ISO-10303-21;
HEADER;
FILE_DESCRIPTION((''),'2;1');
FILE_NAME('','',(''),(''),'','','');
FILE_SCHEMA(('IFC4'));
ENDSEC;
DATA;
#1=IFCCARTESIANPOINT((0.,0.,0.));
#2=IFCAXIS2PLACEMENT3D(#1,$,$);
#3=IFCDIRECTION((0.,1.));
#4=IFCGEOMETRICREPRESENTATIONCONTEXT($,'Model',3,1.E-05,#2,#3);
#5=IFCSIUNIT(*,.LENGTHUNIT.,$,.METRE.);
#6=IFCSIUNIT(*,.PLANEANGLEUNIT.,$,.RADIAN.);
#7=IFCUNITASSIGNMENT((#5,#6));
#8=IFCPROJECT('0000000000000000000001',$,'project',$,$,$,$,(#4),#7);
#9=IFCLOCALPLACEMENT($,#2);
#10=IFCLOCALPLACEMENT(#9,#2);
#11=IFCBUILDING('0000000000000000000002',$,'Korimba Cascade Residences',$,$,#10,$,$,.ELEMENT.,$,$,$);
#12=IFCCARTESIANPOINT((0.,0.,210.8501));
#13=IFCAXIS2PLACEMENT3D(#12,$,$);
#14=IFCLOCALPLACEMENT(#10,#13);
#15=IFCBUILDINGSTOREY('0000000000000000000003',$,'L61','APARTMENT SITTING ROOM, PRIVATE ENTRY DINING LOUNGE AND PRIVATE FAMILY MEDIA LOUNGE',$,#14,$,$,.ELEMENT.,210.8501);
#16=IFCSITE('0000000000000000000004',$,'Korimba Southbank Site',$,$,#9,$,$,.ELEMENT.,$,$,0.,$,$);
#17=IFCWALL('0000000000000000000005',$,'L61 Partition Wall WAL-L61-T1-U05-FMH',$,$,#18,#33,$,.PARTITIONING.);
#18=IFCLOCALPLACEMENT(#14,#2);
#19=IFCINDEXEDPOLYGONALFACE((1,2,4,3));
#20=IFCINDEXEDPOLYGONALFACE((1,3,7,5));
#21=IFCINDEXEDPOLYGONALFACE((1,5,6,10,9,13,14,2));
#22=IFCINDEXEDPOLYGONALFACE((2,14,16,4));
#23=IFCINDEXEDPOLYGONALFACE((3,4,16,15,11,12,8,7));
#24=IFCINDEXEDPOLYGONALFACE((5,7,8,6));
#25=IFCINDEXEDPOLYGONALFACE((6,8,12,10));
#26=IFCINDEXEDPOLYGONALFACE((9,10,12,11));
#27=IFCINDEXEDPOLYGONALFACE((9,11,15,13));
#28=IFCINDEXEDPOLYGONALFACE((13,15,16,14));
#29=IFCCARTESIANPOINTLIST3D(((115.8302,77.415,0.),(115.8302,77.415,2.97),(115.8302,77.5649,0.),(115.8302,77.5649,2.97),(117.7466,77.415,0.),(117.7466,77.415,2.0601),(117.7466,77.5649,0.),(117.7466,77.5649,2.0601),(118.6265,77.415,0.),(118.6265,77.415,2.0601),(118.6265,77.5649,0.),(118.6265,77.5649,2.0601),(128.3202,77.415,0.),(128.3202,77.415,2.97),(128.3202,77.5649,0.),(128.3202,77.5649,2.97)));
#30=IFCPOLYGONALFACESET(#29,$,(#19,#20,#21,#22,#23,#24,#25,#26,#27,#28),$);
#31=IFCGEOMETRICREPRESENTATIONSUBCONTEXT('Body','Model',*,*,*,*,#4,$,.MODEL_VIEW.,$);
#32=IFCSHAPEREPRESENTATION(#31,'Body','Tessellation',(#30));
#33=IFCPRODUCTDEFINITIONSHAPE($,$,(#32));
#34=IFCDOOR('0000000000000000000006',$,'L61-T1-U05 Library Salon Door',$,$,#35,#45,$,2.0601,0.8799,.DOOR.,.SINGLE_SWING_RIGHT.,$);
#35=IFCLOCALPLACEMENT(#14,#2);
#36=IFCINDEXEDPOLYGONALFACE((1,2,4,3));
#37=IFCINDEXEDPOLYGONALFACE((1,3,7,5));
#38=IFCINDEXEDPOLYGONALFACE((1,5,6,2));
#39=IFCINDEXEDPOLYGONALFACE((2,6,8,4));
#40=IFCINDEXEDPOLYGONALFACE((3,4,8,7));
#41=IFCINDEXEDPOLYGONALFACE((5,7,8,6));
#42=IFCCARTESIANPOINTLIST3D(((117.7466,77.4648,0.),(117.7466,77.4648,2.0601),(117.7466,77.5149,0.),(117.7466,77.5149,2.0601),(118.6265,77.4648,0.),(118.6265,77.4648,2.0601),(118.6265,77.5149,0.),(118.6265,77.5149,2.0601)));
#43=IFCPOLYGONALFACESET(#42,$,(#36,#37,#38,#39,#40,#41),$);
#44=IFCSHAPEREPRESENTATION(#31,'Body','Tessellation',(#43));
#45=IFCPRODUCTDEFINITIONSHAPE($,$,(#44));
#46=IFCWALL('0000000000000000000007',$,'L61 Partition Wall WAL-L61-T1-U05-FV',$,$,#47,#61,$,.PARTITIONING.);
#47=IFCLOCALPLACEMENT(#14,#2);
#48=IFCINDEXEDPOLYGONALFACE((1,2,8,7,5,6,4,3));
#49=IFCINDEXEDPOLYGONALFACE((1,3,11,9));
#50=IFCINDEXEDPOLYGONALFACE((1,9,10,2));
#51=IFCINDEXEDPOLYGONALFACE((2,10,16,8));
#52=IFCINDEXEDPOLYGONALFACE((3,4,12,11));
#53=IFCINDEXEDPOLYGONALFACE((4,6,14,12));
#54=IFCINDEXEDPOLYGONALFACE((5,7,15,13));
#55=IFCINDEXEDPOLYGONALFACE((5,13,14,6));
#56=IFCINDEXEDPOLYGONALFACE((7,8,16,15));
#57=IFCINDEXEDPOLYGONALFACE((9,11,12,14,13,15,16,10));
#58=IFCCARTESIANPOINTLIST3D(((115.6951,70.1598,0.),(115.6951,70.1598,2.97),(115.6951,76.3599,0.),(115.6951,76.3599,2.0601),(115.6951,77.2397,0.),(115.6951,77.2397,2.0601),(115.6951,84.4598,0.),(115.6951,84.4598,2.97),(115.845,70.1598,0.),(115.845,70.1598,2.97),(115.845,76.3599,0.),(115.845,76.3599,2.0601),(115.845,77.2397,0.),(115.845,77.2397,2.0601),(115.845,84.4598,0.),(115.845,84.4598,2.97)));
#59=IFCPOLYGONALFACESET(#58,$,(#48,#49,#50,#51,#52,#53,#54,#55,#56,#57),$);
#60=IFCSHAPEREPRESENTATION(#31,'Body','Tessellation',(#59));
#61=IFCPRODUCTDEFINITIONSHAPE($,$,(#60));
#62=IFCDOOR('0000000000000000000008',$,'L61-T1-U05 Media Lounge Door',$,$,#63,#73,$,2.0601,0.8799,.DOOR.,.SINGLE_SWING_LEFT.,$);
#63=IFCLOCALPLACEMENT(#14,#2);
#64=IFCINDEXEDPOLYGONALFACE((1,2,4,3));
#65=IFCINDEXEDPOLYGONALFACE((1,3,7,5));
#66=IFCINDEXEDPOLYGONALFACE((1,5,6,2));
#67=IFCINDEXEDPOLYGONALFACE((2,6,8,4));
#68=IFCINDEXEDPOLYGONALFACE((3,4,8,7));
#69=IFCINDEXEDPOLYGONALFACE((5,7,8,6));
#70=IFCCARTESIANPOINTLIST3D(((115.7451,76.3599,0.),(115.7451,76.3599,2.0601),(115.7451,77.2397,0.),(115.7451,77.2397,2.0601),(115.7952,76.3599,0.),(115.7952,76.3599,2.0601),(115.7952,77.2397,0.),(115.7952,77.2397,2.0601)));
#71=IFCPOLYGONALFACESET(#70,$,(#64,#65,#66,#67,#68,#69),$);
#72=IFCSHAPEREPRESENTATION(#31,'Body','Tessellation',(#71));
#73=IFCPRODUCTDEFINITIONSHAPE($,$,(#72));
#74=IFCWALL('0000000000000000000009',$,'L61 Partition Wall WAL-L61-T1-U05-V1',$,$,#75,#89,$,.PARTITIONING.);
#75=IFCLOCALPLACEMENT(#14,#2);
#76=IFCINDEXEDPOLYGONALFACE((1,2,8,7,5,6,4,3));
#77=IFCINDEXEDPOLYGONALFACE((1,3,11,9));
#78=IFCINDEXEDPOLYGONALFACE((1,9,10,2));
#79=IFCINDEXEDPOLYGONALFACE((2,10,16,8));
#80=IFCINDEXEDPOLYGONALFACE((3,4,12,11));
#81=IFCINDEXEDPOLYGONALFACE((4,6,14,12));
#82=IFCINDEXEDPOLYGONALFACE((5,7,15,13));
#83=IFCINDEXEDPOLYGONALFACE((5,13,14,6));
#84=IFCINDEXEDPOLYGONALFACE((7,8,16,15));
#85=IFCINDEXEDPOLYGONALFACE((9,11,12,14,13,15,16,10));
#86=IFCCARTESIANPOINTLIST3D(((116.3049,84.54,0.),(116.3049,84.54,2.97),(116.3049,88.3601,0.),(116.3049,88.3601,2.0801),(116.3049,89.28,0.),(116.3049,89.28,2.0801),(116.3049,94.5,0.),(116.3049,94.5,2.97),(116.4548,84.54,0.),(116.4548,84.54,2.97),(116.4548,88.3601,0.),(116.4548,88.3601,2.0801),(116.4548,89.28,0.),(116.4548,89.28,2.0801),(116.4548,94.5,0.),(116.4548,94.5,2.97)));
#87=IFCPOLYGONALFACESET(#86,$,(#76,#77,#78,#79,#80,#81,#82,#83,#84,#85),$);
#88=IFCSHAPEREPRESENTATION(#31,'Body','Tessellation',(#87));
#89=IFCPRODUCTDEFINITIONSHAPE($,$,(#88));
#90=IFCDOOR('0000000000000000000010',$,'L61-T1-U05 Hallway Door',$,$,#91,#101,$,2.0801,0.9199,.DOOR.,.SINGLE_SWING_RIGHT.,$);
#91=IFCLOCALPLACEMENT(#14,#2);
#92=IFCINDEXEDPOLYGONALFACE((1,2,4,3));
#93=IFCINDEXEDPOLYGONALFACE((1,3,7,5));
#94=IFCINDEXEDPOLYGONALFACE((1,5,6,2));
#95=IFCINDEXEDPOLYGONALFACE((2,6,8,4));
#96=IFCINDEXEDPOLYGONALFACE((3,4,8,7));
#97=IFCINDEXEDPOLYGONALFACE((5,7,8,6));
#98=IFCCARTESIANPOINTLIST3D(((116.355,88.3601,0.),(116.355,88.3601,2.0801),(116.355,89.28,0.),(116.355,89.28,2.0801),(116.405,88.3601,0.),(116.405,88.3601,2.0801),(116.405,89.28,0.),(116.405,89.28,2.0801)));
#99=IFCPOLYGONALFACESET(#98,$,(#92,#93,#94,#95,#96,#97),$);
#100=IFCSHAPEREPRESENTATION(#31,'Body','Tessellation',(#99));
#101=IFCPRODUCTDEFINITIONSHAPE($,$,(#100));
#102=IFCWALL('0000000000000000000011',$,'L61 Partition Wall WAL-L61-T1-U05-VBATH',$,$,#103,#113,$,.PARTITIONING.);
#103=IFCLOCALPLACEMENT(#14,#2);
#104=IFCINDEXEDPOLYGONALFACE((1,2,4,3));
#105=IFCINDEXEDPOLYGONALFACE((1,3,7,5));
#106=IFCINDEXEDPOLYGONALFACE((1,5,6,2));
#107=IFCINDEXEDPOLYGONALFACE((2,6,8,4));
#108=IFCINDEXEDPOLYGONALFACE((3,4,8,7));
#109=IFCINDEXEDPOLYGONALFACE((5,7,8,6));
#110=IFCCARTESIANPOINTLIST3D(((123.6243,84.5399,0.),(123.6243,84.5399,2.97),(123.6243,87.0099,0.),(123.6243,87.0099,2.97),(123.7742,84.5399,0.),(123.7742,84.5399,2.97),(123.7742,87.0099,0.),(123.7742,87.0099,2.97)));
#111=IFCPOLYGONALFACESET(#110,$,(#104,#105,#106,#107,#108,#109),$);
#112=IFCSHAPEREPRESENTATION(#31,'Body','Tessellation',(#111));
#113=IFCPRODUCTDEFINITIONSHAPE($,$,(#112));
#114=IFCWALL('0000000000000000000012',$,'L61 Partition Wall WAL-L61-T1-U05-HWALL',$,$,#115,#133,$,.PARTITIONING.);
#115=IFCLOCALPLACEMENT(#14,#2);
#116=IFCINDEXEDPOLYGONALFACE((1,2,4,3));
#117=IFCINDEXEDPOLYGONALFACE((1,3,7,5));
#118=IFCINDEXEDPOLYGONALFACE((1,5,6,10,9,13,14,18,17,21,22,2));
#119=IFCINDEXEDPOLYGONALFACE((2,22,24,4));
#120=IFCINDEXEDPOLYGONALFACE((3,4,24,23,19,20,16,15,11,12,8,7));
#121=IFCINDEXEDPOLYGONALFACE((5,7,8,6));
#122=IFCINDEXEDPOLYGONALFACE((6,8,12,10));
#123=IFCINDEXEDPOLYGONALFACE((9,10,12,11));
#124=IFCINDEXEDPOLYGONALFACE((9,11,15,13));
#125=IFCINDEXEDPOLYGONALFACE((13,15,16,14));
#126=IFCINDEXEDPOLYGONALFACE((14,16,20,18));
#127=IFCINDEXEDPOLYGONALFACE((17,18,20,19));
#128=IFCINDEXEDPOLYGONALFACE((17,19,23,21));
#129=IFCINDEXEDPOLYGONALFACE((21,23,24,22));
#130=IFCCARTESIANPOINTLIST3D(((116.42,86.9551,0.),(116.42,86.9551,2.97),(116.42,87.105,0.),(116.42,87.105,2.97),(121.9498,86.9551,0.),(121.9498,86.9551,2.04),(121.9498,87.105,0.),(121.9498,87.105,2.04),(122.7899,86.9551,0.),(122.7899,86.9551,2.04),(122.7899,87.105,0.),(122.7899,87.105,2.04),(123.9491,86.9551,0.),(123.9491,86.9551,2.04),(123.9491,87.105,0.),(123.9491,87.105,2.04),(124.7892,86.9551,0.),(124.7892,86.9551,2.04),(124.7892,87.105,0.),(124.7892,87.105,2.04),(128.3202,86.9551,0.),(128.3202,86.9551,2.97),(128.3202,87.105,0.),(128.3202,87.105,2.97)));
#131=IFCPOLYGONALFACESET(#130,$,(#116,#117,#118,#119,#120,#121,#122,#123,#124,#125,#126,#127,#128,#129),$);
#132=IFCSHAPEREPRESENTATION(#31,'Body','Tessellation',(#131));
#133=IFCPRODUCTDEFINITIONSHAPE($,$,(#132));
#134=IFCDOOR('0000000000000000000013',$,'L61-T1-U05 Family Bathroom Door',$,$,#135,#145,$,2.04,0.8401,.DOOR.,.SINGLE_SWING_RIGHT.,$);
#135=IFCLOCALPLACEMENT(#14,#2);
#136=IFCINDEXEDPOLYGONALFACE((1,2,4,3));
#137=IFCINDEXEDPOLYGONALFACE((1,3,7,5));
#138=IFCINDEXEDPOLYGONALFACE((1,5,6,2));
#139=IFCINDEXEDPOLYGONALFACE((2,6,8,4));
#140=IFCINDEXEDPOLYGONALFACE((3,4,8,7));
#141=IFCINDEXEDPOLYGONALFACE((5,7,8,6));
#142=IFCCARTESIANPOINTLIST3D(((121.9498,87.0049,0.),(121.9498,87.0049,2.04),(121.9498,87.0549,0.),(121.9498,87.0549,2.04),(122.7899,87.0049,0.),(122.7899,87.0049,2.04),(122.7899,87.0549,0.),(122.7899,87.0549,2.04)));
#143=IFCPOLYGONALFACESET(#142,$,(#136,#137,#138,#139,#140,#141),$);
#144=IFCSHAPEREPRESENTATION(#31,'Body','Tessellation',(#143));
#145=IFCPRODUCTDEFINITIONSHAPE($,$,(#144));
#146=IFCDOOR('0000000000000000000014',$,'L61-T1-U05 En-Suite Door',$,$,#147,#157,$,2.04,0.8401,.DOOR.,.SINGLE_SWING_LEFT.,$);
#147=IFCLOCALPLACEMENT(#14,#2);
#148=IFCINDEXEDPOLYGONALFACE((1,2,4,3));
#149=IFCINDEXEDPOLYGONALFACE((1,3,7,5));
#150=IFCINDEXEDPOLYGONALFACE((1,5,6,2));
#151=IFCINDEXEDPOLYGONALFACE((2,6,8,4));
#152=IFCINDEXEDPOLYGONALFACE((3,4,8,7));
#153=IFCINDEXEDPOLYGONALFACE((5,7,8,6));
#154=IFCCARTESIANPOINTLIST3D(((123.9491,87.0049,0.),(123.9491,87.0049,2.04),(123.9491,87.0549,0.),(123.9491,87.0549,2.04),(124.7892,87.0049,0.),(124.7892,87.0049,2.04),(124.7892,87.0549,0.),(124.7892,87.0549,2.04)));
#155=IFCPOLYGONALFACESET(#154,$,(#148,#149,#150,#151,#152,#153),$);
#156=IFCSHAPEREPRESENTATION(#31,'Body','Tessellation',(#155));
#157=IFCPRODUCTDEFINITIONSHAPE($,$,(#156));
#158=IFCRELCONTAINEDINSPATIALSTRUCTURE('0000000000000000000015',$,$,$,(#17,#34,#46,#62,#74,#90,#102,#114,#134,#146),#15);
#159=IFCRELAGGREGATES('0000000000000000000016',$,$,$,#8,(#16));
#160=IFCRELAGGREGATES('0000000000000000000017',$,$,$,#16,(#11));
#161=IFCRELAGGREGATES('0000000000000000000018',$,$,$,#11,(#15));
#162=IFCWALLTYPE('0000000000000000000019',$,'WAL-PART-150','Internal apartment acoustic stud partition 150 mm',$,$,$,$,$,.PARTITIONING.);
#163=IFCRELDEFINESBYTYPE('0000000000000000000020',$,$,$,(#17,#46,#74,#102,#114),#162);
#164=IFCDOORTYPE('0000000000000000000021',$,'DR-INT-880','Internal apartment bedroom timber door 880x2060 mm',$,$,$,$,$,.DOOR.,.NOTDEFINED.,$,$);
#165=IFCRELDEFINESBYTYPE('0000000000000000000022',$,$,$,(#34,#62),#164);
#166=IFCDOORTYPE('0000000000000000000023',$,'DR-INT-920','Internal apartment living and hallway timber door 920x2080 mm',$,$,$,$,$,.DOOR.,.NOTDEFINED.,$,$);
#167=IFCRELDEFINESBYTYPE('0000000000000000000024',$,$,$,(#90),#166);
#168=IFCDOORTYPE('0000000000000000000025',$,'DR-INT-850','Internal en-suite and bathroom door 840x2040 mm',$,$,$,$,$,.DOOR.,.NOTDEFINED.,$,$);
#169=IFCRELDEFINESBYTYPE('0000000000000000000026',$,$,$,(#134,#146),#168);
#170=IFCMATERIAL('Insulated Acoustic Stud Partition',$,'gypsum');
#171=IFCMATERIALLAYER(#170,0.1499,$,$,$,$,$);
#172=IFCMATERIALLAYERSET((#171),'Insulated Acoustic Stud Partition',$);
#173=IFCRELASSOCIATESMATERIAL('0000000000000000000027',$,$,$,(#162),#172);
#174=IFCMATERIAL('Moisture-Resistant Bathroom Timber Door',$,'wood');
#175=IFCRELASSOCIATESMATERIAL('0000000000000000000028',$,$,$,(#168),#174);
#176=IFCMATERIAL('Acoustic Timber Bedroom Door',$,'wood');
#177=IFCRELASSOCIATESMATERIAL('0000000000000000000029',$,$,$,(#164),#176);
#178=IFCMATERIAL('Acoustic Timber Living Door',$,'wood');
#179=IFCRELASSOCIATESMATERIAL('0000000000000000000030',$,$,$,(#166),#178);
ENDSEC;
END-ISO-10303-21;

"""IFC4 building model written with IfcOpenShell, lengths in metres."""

from ifc_helpers import new_model, si_unit, direction, frame, frame_2d, origin, place, context, subcontext, project, spatial, rectangle, extrude, material, layer, layer_set, type_object, element, fill, save


model = new_model("IFC4")

# Units and contexts
model_context = context("Model", 3, precision=1e-05, world=origin(), true_north=direction((0.0, 1.0)))
body_context = subcontext(model_context, "Body", "Model", "MODEL_VIEW")
ifc_project = project(units=[si_unit("LENGTHUNIT", "METRE"), si_unit("PLANEANGLEUNIT", "RADIAN")], contexts=[model_context])

# Site, building, storey
site_placement = place(None, origin())
site = spatial("IfcSite", under=ifc_project, at=site_placement, Name="Korimba Southbank Site", CompositionType="ELEMENT", RefElevation=0.0)
building_placement = place(site_placement, origin())
building = spatial("IfcBuilding", under=site, at=building_placement, Name="Korimba Cascade Residences", CompositionType="ELEMENT")
storey_placement = place(building_placement, frame((0.0, 0.0, 210.8501)))
storey = spatial("IfcBuildingStorey", under=building, at=storey_placement, Name="L61", Description="APARTMENT SITTING ROOM, PRIVATE ENTRY DINING LOUNGE AND PRIVATE FAMILY MEDIA LOUNGE", CompositionType="ELEMENT", Elevation=210.8501)

# Shared definitions
ifc_material_1 = material(Name="Insulated Acoustic Stud Partition", Category="gypsum")
ifc_layer_1 = layer(ifc_material_1, 0.1499)
ifc_layer_set_1 = layer_set([ifc_layer_1], Name="Insulated Acoustic Stud Partition")
wall_type_1 = type_object("IfcWallType", Name="WAL-PART-150", Description="Internal apartment acoustic stud partition 150 mm", PredefinedType="PARTITIONING", material=ifc_layer_set_1)
ifc_material_2 = material(Name="Moisture-Resistant Bathroom Timber Door", Category="wood")
door_type_1 = type_object("IfcDoorType", Name="DR-INT-850", Description="Internal en-suite and bathroom door 840x2040 mm", OperationType="NOTDEFINED", PredefinedType="DOOR", material=ifc_material_2)
ifc_material_3 = material(Name="Acoustic Timber Bedroom Door", Category="wood")
door_type_2 = type_object("IfcDoorType", Name="DR-INT-880", Description="Internal apartment bedroom timber door 880x2060 mm", OperationType="NOTDEFINED", PredefinedType="DOOR", material=ifc_material_3)

# Walls, openings, doors
wall_1_placement = place(storey_placement, frame((115.8301, 77.49, 0.0), z_axis=(0.0, 0.0, 1.0), x_axis=(1.0, 0.0, 0.0)))
wall_1 = element("IfcWall", 1, at=wall_1_placement, inside=storey, type_object=wall_type_1, Name="L61 Partition Wall WAL-L61-T1-U05-FMH", PredefinedType="PARTITIONING", context=body_context, shape_type="SweptSolid", body=[
    extrude(rectangle(XDim=12.49, YDim=0.1499, at=frame_2d((6.2451, 0.0))), origin(), (0.0, 0.0, 1.0), 2.97),
])
opening_1_placement = place(wall_1_placement, frame((1.9165, 0.0, 0.0)))
opening_1 = element("IfcOpeningElement", 2, at=opening_1_placement, cuts=wall_1, PredefinedType="OPENING", context=body_context, shape_type="SweptSolid", body=[
    extrude(rectangle(XDim=0.8799, YDim=2.0601, at=frame_2d((0.4399, 1.03))), frame((0.0, 0.085, 0.0), z_axis=(0.0, -1.0, 0.0), x_axis=(1.0, 0.0, 0.0)), (0.0, 0.0, 1.0), 0.1699),
])
door_1_placement = place(opening_1_placement, origin())
door_1 = element("IfcDoor", 3, at=door_1_placement, inside=storey, type_object=door_type_2, Name="L61-T1-U05 Library Salon Door", OperationType="SINGLE_SWING_RIGHT", OverallHeight=2.0601, OverallWidth=0.8799, PredefinedType="DOOR", context=body_context, shape_type="SweptSolid", body=[
    extrude(rectangle(XDim=0.8799, YDim=2.0601, at=frame_2d((0.4399, 1.03))), frame((0.0, 0.0249, 0.0), z_axis=(0.0, -1.0, 0.0), x_axis=(1.0, 0.0, 0.0)), (0.0, 0.0, 1.0), 0.05),
])
fill(opening_1, door_1)
wall_2_placement = place(storey_placement, frame((115.77, 70.1599, 0.0), z_axis=(0.0, 0.0, 1.0), x_axis=(0.0, 1.0, 0.0)))
wall_2 = element("IfcWall", 4, at=wall_2_placement, inside=storey, type_object=wall_type_1, Name="L61 Partition Wall WAL-L61-T1-U05-FV", PredefinedType="PARTITIONING", context=body_context, shape_type="SweptSolid", body=[
    extrude(rectangle(XDim=14.3, YDim=0.1499, at=frame_2d((7.1499, 0.0))), origin(), (0.0, 0.0, 1.0), 2.97),
])
opening_2_placement = place(wall_2_placement, frame((6.2, 0.0, 0.0)))
opening_2 = element("IfcOpeningElement", 5, at=opening_2_placement, cuts=wall_2, PredefinedType="OPENING", context=body_context, shape_type="SweptSolid", body=[
    extrude(rectangle(XDim=0.8799, YDim=2.0601, at=frame_2d((0.4399, 1.03))), frame((0.0, 0.085, 0.0), z_axis=(0.0, -1.0, 0.0), x_axis=(1.0, 0.0, 0.0)), (0.0, 0.0, 1.0), 0.1699),
])
door_2_placement = place(opening_2_placement, origin())
door_2 = element("IfcDoor", 6, at=door_2_placement, inside=storey, type_object=door_type_2, Name="L61-T1-U05 Media Lounge Door", OperationType="SINGLE_SWING_LEFT", OverallHeight=2.0601, OverallWidth=0.8799, PredefinedType="DOOR", context=body_context, shape_type="SweptSolid", body=[
    extrude(rectangle(XDim=0.8799, YDim=2.0601, at=frame_2d((0.4399, 1.03))), frame((0.0, 0.0249, 0.0), z_axis=(0.0, -1.0, 0.0), x_axis=(1.0, 0.0, 0.0)), (0.0, 0.0, 1.0), 0.05),
])
fill(opening_2, door_2)
wall_3_placement = place(storey_placement, frame((116.3799, 84.54, 0.0), z_axis=(0.0, 0.0, 1.0), x_axis=(0.0, 1.0, 0.0)))
wall_3 = element("IfcWall", 7, at=wall_3_placement, inside=storey, type_object=wall_type_1, Name="L61 Partition Wall WAL-L61-T1-U05-V1", PredefinedType="PARTITIONING", context=body_context, shape_type="SweptSolid", body=[
    extrude(rectangle(XDim=9.96, YDim=0.1499, at=frame_2d((4.98, 0.0))), origin(), (0.0, 0.0, 1.0), 2.97),
])
opening_3_placement = place(wall_3_placement, frame((3.8201, 0.0, 0.0)))
opening_3 = element("IfcOpeningElement", 8, at=opening_3_placement, cuts=wall_3, PredefinedType="OPENING", context=body_context, shape_type="SweptSolid", body=[
    extrude(rectangle(XDim=0.9199, YDim=2.0801, at=frame_2d((0.46, 1.04))), frame((0.0, 0.085, 0.0), z_axis=(0.0, -1.0, 0.0), x_axis=(1.0, 0.0, 0.0)), (0.0, 0.0, 1.0), 0.1699),
])
ifc_material_4 = material(Name="Acoustic Timber Living Door", Category="wood")
door_type_3 = type_object("IfcDoorType", Name="DR-INT-920", Description="Internal apartment living and hallway timber door 920x2080 mm", OperationType="NOTDEFINED", PredefinedType="DOOR", material=ifc_material_4)
door_3_placement = place(opening_3_placement, origin())
door_3 = element("IfcDoor", 9, at=door_3_placement, inside=storey, type_object=door_type_3, Name="L61-T1-U05 Hallway Door", OperationType="SINGLE_SWING_RIGHT", OverallHeight=2.0801, OverallWidth=0.9199, PredefinedType="DOOR", context=body_context, shape_type="SweptSolid", body=[
    extrude(rectangle(XDim=0.9199, YDim=2.0801, at=frame_2d((0.46, 1.04))), frame((0.0, 0.0249, 0.0), z_axis=(0.0, -1.0, 0.0), x_axis=(1.0, 0.0, 0.0)), (0.0, 0.0, 1.0), 0.05),
])
fill(opening_3, door_3)

# Wall
wall_4_placement = place(storey_placement, frame((123.6992, 84.54, 0.0), z_axis=(0.0, 0.0, 1.0), x_axis=(0.0, 1.0, 0.0)))
element("IfcWall", 10, at=wall_4_placement, inside=storey, type_object=wall_type_1, Name="L61 Partition Wall WAL-L61-T1-U05-VBATH", PredefinedType="PARTITIONING", context=body_context, shape_type="SweptSolid", body=[
    extrude(rectangle(XDim=2.47, YDim=0.1499, at=frame_2d((1.2349, 0.0))), origin(), (0.0, 0.0, 1.0), 2.97),
])

# Wall, openings, doors
wall_5_placement = place(storey_placement, frame((116.4199, 87.03, 0.0), z_axis=(0.0, 0.0, 1.0), x_axis=(1.0, 0.0, 0.0)))
wall_5 = element("IfcWall", 11, at=wall_5_placement, inside=storey, type_object=wall_type_1, Name="L61 Partition Wall WAL-L61-T1-U05-HWALL", PredefinedType="PARTITIONING", context=body_context, shape_type="SweptSolid", body=[
    extrude(rectangle(XDim=11.9001, YDim=0.1499, at=frame_2d((5.9502, 0.0))), origin(), (0.0, 0.0, 1.0), 2.97),
])
opening_4_placement = place(wall_5_placement, frame((5.53, 0.0, 0.0)))
opening_4 = element("IfcOpeningElement", 12, at=opening_4_placement, cuts=wall_5, PredefinedType="OPENING", context=body_context, shape_type="SweptSolid", body=[
    extrude(rectangle(XDim=0.8401, YDim=2.04, at=frame_2d((0.4199, 1.02))), frame((0.0, 0.085, 0.0), z_axis=(0.0, -1.0, 0.0), x_axis=(1.0, 0.0, 0.0)), (0.0, 0.0, 1.0), 0.1699),
])
opening_5_placement = place(wall_5_placement, frame((7.5293, 0.0, 0.0)))
opening_5 = element("IfcOpeningElement", 13, at=opening_5_placement, cuts=wall_5, PredefinedType="OPENING", context=body_context, shape_type="SweptSolid", body=[
    extrude(rectangle(XDim=0.8401, YDim=2.04, at=frame_2d((0.4199, 1.02))), frame((0.0, 0.085, 0.0), z_axis=(0.0, -1.0, 0.0), x_axis=(1.0, 0.0, 0.0)), (0.0, 0.0, 1.0), 0.1699),
])
door_4_placement = place(opening_4_placement, origin())
door_4 = element("IfcDoor", 14, at=door_4_placement, inside=storey, type_object=door_type_1, Name="L61-T1-U05 Family Bathroom Door", OperationType="SINGLE_SWING_RIGHT", OverallHeight=2.04, OverallWidth=0.8401, PredefinedType="DOOR", context=body_context, shape_type="SweptSolid", body=[
    extrude(rectangle(XDim=0.8401, YDim=2.04, at=frame_2d((0.4199, 1.02))), frame((0.0, 0.0249, 0.0), z_axis=(0.0, -1.0, 0.0), x_axis=(1.0, 0.0, 0.0)), (0.0, 0.0, 1.0), 0.05),
])
fill(opening_4, door_4)
door_5_placement = place(opening_5_placement, origin())
door_5 = element("IfcDoor", 15, at=door_5_placement, inside=storey, type_object=door_type_1, Name="L61-T1-U05 En-Suite Door", OperationType="SINGLE_SWING_LEFT", OverallHeight=2.04, OverallWidth=0.8401, PredefinedType="DOOR", context=body_context, shape_type="SweptSolid", body=[
    extrude(rectangle(XDim=0.8401, YDim=2.04, at=frame_2d((0.4199, 1.02))), frame((0.0, 0.0249, 0.0), z_axis=(0.0, -1.0, 0.0), x_axis=(1.0, 0.0, 0.0)), (0.0, 0.0, 1.0), 0.05),
])
fill(opening_5, door_5)

save(model, "model.ifc")
